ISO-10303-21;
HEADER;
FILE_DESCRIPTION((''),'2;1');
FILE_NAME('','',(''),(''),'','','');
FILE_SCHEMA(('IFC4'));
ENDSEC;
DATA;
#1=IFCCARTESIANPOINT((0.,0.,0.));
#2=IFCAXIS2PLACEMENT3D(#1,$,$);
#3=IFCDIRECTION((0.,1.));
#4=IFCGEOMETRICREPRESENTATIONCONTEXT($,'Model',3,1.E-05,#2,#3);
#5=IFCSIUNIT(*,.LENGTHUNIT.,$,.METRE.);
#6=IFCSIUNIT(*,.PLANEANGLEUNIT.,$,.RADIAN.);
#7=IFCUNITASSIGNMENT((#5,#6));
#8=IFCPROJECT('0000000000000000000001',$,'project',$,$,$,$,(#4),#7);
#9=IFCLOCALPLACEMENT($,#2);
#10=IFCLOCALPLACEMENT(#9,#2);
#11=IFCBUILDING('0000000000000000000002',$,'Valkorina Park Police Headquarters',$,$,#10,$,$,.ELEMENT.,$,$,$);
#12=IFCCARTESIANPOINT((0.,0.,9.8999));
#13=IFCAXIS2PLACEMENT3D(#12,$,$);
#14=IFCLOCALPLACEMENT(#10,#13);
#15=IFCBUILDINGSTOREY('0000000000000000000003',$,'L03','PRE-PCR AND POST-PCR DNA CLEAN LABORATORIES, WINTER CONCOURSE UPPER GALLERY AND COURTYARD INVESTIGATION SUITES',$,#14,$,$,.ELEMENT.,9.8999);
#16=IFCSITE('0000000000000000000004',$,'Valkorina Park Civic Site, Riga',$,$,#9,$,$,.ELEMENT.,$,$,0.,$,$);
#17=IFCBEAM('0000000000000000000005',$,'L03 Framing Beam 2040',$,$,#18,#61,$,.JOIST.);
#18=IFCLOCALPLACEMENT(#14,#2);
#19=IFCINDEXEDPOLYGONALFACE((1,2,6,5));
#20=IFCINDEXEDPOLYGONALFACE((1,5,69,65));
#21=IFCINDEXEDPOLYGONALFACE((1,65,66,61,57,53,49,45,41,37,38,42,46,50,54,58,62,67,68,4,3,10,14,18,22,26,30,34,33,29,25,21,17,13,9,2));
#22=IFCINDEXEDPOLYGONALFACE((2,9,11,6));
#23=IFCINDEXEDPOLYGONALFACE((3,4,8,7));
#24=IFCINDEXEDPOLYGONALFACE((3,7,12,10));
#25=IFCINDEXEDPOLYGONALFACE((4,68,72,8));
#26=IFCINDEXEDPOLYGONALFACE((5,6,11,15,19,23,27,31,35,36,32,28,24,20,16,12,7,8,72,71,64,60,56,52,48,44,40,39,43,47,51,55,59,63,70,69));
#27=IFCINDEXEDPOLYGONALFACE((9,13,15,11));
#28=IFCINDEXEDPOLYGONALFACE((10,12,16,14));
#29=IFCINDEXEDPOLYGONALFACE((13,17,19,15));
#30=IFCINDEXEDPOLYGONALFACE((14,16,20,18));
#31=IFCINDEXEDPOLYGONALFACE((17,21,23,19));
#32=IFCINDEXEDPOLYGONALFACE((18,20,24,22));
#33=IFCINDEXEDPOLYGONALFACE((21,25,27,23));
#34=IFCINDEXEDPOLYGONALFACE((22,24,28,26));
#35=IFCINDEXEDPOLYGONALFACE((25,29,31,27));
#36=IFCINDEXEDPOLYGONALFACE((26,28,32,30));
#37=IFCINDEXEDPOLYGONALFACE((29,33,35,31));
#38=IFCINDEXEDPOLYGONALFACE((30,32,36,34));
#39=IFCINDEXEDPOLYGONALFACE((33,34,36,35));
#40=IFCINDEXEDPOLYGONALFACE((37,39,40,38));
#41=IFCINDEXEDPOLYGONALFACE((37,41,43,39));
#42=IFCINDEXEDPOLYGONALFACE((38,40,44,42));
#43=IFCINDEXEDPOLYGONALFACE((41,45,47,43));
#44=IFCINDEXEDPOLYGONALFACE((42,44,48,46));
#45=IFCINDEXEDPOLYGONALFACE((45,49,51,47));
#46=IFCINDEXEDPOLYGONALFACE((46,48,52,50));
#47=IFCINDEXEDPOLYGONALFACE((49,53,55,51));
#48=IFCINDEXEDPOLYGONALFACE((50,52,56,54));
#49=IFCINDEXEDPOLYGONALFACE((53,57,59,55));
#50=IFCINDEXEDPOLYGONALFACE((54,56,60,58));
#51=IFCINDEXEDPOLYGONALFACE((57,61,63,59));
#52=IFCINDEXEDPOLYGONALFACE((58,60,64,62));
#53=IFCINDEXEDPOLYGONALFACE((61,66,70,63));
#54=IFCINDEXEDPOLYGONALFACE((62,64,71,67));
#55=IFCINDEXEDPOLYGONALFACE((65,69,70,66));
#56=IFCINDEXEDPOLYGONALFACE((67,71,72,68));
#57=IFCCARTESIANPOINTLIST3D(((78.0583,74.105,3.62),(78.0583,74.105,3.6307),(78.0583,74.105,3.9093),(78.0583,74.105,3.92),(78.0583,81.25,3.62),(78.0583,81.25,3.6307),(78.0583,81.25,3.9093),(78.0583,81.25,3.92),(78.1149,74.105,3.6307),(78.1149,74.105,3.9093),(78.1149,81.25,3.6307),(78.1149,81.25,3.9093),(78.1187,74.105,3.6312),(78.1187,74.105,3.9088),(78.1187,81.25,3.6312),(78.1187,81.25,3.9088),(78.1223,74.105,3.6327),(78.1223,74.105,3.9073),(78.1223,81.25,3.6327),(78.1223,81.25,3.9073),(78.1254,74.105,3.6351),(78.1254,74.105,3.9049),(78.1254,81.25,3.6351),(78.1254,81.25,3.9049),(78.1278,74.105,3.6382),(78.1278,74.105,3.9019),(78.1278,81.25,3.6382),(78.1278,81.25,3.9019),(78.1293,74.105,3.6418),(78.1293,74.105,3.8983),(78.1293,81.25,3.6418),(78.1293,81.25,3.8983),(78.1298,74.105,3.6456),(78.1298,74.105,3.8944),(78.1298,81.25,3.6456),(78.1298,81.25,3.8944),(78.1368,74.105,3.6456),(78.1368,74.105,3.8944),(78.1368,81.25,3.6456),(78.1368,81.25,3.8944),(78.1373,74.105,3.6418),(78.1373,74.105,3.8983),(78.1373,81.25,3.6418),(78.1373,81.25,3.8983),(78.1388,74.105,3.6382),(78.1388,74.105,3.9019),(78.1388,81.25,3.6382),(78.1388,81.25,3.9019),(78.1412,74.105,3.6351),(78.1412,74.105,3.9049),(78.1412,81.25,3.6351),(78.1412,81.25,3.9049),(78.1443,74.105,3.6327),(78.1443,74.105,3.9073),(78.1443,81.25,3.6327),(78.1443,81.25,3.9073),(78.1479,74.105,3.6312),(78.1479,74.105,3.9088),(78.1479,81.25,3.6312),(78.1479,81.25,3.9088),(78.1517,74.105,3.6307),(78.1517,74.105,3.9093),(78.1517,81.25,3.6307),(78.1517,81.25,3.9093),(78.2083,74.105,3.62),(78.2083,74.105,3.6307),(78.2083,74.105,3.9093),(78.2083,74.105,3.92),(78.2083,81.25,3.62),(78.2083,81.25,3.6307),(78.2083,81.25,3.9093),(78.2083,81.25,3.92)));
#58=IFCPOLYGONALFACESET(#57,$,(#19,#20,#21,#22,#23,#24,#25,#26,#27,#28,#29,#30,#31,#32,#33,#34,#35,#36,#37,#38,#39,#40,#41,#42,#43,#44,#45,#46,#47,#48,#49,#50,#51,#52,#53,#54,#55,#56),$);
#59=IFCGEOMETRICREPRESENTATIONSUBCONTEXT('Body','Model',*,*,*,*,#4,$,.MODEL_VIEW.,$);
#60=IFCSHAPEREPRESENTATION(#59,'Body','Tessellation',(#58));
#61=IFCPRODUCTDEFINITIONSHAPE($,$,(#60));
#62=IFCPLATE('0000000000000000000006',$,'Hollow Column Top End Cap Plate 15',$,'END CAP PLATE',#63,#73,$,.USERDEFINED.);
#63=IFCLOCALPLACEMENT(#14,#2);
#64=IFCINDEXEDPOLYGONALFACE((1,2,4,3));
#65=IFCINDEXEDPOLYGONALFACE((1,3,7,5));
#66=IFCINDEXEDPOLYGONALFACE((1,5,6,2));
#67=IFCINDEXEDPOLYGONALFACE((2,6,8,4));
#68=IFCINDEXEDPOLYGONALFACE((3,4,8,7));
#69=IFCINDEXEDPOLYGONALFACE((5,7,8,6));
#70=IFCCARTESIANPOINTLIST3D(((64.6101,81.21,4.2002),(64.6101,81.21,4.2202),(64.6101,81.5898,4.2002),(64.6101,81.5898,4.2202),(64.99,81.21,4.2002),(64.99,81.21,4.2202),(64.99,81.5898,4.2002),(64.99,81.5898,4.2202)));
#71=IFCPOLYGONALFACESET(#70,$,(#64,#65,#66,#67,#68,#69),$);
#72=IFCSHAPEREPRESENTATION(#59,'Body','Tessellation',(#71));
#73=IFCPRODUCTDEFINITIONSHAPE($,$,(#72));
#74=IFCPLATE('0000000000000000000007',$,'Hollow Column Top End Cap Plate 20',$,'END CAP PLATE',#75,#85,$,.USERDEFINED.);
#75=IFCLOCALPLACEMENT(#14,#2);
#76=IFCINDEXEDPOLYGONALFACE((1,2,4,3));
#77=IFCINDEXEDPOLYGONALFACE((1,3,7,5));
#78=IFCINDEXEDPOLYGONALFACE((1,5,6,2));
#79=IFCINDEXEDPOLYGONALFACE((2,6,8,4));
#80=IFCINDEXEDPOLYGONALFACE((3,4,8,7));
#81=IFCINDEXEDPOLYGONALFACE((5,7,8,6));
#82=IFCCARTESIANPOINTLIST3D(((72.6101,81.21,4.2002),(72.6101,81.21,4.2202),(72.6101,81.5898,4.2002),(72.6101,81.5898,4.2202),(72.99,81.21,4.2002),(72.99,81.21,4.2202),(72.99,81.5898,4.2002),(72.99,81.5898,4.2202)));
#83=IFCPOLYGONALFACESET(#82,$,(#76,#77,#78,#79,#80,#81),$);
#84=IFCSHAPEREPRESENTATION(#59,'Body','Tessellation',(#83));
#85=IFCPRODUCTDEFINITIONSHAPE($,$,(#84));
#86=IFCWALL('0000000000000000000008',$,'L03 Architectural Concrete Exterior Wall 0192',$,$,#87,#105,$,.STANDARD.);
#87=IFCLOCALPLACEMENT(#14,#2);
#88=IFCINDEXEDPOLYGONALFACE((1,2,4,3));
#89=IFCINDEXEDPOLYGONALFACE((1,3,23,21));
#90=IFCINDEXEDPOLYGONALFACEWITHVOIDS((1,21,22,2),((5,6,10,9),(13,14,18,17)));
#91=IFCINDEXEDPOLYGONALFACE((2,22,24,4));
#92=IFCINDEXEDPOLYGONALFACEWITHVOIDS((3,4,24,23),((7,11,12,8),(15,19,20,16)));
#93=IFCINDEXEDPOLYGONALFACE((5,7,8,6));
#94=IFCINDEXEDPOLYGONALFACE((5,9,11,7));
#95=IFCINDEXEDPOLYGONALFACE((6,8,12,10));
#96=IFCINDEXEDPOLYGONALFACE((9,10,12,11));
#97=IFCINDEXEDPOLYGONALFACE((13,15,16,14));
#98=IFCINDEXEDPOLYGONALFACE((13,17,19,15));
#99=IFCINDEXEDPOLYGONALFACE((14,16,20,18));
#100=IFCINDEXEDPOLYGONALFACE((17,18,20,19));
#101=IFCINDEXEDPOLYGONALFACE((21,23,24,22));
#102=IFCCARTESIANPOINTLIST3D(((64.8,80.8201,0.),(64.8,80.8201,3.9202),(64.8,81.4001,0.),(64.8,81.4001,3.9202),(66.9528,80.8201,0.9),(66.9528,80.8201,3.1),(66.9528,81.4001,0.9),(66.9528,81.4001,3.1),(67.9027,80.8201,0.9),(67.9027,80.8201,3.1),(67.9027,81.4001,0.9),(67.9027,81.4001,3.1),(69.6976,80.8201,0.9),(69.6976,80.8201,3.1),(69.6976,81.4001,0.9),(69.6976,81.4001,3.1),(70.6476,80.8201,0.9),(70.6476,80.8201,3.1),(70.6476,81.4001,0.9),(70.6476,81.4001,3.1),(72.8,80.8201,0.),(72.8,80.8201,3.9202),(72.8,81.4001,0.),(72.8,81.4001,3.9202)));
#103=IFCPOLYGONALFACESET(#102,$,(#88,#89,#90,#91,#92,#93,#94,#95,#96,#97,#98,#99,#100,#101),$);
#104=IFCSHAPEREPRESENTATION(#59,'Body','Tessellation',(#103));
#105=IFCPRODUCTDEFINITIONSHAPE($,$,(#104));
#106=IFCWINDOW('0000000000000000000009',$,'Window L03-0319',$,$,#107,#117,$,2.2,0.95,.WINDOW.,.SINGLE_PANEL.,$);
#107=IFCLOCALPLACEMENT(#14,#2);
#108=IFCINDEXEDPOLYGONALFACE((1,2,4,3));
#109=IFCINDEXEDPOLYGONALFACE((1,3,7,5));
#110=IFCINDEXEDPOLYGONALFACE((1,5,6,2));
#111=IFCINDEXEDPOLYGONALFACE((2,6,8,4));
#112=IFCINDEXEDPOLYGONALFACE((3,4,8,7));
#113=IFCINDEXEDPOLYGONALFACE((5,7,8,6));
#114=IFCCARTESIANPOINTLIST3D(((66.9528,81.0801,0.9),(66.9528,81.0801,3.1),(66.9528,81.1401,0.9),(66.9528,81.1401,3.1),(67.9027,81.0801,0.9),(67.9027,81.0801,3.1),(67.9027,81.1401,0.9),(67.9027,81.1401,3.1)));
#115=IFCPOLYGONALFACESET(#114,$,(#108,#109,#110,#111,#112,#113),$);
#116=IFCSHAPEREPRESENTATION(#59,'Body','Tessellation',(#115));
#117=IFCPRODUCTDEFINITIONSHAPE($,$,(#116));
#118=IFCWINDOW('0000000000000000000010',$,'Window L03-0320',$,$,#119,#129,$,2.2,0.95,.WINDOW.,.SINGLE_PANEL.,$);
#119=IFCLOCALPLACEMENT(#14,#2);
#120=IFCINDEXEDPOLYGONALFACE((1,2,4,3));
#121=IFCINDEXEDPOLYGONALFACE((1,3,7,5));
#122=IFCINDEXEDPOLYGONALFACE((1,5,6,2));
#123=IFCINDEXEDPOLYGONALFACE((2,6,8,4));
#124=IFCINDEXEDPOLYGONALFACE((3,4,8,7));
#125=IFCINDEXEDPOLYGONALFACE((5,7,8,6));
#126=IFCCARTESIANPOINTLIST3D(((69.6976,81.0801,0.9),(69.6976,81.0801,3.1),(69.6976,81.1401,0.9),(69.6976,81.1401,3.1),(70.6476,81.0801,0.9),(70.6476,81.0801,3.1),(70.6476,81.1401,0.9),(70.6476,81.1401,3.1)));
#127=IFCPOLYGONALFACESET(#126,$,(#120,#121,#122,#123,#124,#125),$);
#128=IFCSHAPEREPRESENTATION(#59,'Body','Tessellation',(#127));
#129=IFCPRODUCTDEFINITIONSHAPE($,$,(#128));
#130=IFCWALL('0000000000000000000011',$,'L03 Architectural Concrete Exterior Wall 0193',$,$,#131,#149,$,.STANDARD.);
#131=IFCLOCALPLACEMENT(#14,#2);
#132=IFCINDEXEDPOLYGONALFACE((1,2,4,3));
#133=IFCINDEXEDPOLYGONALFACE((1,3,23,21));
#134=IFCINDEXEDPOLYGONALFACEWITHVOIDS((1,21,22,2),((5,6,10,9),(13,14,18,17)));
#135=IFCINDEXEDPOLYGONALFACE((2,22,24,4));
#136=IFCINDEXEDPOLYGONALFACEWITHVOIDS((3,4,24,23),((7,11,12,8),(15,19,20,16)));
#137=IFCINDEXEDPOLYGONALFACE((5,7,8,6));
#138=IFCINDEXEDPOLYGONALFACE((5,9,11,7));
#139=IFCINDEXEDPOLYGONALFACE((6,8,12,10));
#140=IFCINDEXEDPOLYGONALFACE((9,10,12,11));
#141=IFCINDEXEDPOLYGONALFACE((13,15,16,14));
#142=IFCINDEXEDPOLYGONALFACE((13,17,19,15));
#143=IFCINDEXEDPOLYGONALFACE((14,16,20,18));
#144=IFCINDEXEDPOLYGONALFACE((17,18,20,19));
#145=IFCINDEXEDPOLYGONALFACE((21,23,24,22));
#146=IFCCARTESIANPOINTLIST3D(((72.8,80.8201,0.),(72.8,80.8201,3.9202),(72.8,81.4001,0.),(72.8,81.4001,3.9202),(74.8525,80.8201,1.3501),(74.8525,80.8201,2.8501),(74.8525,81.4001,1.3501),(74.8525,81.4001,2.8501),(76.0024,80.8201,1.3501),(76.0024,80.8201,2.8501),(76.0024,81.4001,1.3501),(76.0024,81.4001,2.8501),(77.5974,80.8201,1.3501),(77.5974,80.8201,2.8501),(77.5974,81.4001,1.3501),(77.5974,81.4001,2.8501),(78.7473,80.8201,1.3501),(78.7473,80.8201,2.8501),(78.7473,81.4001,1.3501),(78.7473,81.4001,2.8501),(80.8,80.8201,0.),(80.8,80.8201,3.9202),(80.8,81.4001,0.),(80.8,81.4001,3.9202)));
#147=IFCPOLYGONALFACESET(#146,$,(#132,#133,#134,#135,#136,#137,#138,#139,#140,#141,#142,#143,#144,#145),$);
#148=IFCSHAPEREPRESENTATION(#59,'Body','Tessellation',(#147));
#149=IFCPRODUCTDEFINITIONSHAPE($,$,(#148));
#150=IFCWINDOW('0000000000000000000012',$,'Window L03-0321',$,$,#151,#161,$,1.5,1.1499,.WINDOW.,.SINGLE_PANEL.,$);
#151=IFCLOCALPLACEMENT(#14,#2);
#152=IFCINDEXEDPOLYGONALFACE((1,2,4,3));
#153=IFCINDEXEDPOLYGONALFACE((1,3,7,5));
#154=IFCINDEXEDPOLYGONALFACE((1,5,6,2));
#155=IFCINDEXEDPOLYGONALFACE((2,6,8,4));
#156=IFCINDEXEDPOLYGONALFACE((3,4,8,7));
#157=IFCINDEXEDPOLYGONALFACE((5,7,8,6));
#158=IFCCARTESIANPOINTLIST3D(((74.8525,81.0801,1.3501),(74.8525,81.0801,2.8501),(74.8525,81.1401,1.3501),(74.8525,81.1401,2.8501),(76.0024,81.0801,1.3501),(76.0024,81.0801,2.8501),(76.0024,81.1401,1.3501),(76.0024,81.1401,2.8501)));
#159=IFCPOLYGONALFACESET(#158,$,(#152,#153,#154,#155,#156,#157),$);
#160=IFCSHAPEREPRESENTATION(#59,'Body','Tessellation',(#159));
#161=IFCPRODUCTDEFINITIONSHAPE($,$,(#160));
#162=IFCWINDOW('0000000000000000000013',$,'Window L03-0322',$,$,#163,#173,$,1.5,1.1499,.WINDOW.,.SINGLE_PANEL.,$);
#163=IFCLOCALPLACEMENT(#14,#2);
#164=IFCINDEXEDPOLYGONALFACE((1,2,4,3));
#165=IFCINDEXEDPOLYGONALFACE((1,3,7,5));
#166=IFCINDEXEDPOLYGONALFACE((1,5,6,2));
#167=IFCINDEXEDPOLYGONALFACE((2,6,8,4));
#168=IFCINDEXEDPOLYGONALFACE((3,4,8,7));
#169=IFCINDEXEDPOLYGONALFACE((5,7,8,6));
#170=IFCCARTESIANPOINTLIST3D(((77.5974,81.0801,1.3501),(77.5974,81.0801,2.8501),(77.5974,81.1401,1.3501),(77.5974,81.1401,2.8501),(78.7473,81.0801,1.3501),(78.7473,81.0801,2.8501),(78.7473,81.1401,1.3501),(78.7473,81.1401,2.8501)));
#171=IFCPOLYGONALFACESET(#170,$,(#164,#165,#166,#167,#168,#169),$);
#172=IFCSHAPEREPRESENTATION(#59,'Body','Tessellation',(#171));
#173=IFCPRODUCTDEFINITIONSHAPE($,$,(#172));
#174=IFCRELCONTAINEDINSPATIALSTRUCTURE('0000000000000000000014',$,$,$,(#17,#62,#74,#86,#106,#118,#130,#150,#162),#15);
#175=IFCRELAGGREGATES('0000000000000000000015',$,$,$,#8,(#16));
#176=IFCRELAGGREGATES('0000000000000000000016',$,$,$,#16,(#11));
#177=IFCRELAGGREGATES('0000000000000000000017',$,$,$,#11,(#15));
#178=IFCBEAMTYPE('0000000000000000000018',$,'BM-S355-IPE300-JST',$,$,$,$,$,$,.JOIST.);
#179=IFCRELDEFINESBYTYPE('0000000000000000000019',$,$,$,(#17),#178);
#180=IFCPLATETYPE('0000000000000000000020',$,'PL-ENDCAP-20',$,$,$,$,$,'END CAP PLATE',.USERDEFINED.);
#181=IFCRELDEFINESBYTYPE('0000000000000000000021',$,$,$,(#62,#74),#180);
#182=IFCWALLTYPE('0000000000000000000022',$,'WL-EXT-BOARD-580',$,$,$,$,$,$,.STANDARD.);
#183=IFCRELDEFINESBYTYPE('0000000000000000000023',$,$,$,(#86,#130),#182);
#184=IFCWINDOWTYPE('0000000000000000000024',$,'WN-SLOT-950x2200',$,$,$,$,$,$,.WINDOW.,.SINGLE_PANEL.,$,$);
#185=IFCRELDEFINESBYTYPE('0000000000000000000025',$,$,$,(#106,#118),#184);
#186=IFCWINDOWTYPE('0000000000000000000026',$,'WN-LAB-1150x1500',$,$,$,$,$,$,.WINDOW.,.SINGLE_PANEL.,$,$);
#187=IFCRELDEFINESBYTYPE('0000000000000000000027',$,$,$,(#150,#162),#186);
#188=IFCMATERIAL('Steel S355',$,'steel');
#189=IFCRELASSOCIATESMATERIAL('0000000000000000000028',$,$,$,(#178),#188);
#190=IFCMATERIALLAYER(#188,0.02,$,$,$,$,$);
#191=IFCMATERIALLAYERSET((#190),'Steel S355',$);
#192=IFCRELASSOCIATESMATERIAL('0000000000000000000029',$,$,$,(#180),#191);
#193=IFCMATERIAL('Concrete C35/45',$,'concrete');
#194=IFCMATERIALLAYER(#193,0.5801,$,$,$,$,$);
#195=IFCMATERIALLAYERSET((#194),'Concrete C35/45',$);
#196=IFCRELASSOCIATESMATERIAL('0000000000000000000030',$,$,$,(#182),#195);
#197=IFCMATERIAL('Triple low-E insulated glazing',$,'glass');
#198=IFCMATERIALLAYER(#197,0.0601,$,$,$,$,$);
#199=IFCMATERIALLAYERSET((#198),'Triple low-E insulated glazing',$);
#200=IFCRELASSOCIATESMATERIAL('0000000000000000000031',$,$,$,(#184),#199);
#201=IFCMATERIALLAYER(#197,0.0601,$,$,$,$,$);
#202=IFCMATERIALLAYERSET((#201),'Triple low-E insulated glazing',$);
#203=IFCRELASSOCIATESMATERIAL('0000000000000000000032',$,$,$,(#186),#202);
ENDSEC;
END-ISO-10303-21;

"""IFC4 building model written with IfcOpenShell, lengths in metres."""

from ifc_helpers import new_model, si_unit, direction, frame, frame_2d, origin, origin_2d, place, context, subcontext, project, spatial, rectangle, i_section, extrude, material, layer, layer_set, material_profile, profile_set, type_object, element, fill, save


model = new_model("IFC4")

# Units and contexts
model_context = context("Model", 3, precision=1e-05, world=origin(), true_north=direction((0.0, 1.0)))
body_context = subcontext(model_context, "Body", "Model", "MODEL_VIEW")
ifc_project = project(units=[si_unit("LENGTHUNIT", "METRE"), si_unit("PLANEANGLEUNIT", "RADIAN")], contexts=[model_context])

# Site, building, storey
site_placement = place(None, origin())
site = spatial("IfcSite", under=ifc_project, at=site_placement, Name="Valkorina Park Civic Site, Riga", CompositionType="ELEMENT", RefElevation=0.0)
building_placement = place(site_placement, origin())
building = spatial("IfcBuilding", under=site, at=building_placement, Name="Valkorina Park Police Headquarters", CompositionType="ELEMENT")
storey_placement = place(building_placement, frame((0.0, 0.0, 9.8999)))
storey = spatial("IfcBuildingStorey", under=building, at=storey_placement, Name="L03", Description="PRE-PCR AND POST-PCR DNA CLEAN LABORATORIES, WINTER CONCOURSE UPPER GALLERY AND COURTYARD INVESTIGATION SUITES", CompositionType="ELEMENT", Elevation=9.8999)

# Shared definitions
ifc_material_1 = material(Name="Steel S355", Category="steel")

# Beam
ifc_material_profile_1 = material_profile(ifc_material_1, i_section(OverallWidth=0.1499, OverallDepth=0.3, WebThickness=0.0071, FlangeThickness=0.0107, FilletRadius=0.0149, at=origin_2d()), Name="IPE 300")
ifc_profile_set_1 = profile_set([ifc_material_profile_1], Name="Steel S355")
beam_type_1 = type_object("IfcBeamType", Name="BM-S355-IPE300-JST", PredefinedType="JOIST", material=ifc_profile_set_1)
for number, where, z_axis, x_axis, name in (
    (1, (78.1333, 74.105, 3.77), (0.0, 1.0, 0.0), (-1.0, 0.0, 0.0), "L03 Framing Beam 2040"),
):
    element("IfcBeam", number, at=place(storey_placement, frame(where, z_axis=z_axis, x_axis=x_axis)), inside=storey, type_object=beam_type_1, Name=name, PredefinedType="JOIST", context=body_context, shape_type="SweptSolid", body=[
        extrude(i_section(OverallWidth=0.1499, OverallDepth=0.3, WebThickness=0.0071, FlangeThickness=0.0107, FilletRadius=0.0149, at=origin_2d()), origin(), (0.0, 0.0, 1.0), 7.145),
    ])

# Plates
ifc_layer_1 = layer(ifc_material_1, 0.02)
ifc_layer_set_1 = layer_set([ifc_layer_1], Name="Steel S355")
plate_type = type_object("IfcPlateType", Name="PL-ENDCAP-20", ElementType="END CAP PLATE", PredefinedType="USERDEFINED", material=ifc_layer_set_1)
for number, where, z_axis, x_axis, name in (
    (2, (64.8, 81.3999, 4.2002), (0.0, 0.0, 1.0), (1.0, 0.0, 0.0), "Hollow Column Top End Cap Plate 15"),
    (3, (72.8, 81.3999, 4.2002), (0.0, 0.0, 1.0), (1.0, 0.0, 0.0), "Hollow Column Top End Cap Plate 20"),
):
    element("IfcPlate", number, at=place(storey_placement, frame(where, z_axis=z_axis, x_axis=x_axis)), inside=storey, type_object=plate_type, Name=name, ObjectType="END CAP PLATE", PredefinedType="USERDEFINED", context=body_context, shape_type="SweptSolid", body=[
        extrude(rectangle(XDim=0.3799, YDim=0.3799, at=origin_2d()), origin(), (0.0, 0.0, 1.0), 0.02),
    ])

# Walls, openings, windows
ifc_material_2 = material(Name="Concrete C35/45", Category="concrete")
ifc_layer_2 = layer(ifc_material_2, 0.5801)
ifc_layer_set_2 = layer_set([ifc_layer_2], Name="Concrete C35/45")
wall_type = type_object("IfcWallType", Name="WL-EXT-BOARD-580", PredefinedType="STANDARD", material=ifc_layer_set_2)
wall_1_placement = place(storey_placement, frame((64.8, 81.1101, 0.0), z_axis=(0.0, 0.0, 1.0), x_axis=(1.0, 0.0, 0.0)))
wall_1 = element("IfcWall", 4, at=wall_1_placement, inside=storey, type_object=wall_type, Name="L03 Architectural Concrete Exterior Wall 0192", PredefinedType="STANDARD", context=body_context, shape_type="SweptSolid", body=[
    extrude(rectangle(XDim=8.0, YDim=0.5801, at=frame_2d((4.0, 0.0))), origin(), (0.0, 0.0, 1.0), 3.9202),
])
opening_1_placement = place(wall_1_placement, frame((2.1526, 0.0, 0.8999)))
opening_1 = element("IfcOpeningElement", 5, at=opening_1_placement, cuts=wall_1, PredefinedType="OPENING", context=body_context, shape_type="SweptSolid", body=[
    extrude(rectangle(XDim=0.95, YDim=2.2, at=frame_2d((0.4751, 1.1001))), frame((0.0, 0.3, 0.0), z_axis=(0.0, -1.0, 0.0), x_axis=(1.0, 0.0, 0.0)), (0.0, 0.0, 1.0), 0.6001),
])
opening_2_placement = place(wall_1_placement, frame((4.8975, 0.0, 0.8999)))
opening_2 = element("IfcOpeningElement", 6, at=opening_2_placement, cuts=wall_1, PredefinedType="OPENING", context=body_context, shape_type="SweptSolid", body=[
    extrude(rectangle(XDim=0.95, YDim=2.2, at=frame_2d((0.4751, 1.1001))), frame((0.0, 0.3, 0.0), z_axis=(0.0, -1.0, 0.0), x_axis=(1.0, 0.0, 0.0)), (0.0, 0.0, 1.0), 0.6001),
])
ifc_material_3 = material(Name="Triple low-E insulated glazing", Category="glass")
ifc_layer_3 = layer(ifc_material_3, 0.0601)
ifc_layer_set_3 = layer_set([ifc_layer_3], Name="Triple low-E insulated glazing")
window_type_1 = type_object("IfcWindowType", Name="WN-SLOT-950x2200", PartitioningType="SINGLE_PANEL", PredefinedType="WINDOW", material=ifc_layer_set_3)
window_1_placement = place(opening_1_placement, origin())
window_1 = element("IfcWindow", 7, at=window_1_placement, inside=storey, type_object=window_type_1, Name="Window L03-0319", OverallHeight=2.2, OverallWidth=0.95, PartitioningType="SINGLE_PANEL", PredefinedType="WINDOW", context=body_context, shape_type="SweptSolid", body=[
    extrude(rectangle(XDim=0.95, YDim=2.2, at=frame_2d((0.4751, 1.1001))), frame((0.0, 0.03, 0.0), z_axis=(0.0, -1.0, 0.0), x_axis=(1.0, 0.0, 0.0)), (0.0, 0.0, 1.0), 0.0601),
])
fill(opening_1, window_1)
window_2_placement = place(opening_2_placement, origin())
window_2 = element("IfcWindow", 8, at=window_2_placement, inside=storey, type_object=window_type_1, Name="Window L03-0320", OverallHeight=2.2, OverallWidth=0.95, PartitioningType="SINGLE_PANEL", PredefinedType="WINDOW", context=body_context, shape_type="SweptSolid", body=[
    extrude(rectangle(XDim=0.95, YDim=2.2, at=frame_2d((0.4751, 1.1001))), frame((0.0, 0.03, 0.0), z_axis=(0.0, -1.0, 0.0), x_axis=(1.0, 0.0, 0.0)), (0.0, 0.0, 1.0), 0.0601),
])
fill(opening_2, window_2)
wall_2_placement = place(storey_placement, frame((72.8, 81.1101, 0.0), z_axis=(0.0, 0.0, 1.0), x_axis=(1.0, 0.0, 0.0)))
wall_2 = element("IfcWall", 9, at=wall_2_placement, inside=storey, type_object=wall_type, Name="L03 Architectural Concrete Exterior Wall 0193", PredefinedType="STANDARD", context=body_context, shape_type="SweptSolid", body=[
    extrude(rectangle(XDim=8.0, YDim=0.5801, at=frame_2d((4.0, 0.0))), origin(), (0.0, 0.0, 1.0), 3.9202),
])
opening_3_placement = place(wall_2_placement, frame((2.0525, 0.0, 1.3501)))
opening_3 = element("IfcOpeningElement", 10, at=opening_3_placement, cuts=wall_2, PredefinedType="OPENING", context=body_context, shape_type="SweptSolid", body=[
    extrude(rectangle(XDim=1.1499, YDim=1.5, at=frame_2d((0.575, 0.75))), frame((0.0, 0.3, 0.0), z_axis=(0.0, -1.0, 0.0), x_axis=(1.0, 0.0, 0.0)), (0.0, 0.0, 1.0), 0.6001),
])
opening_4_placement = place(wall_2_placement, frame((4.7974, 0.0, 1.3501)))
opening_4 = element("IfcOpeningElement", 11, at=opening_4_placement, cuts=wall_2, PredefinedType="OPENING", context=body_context, shape_type="SweptSolid", body=[
    extrude(rectangle(XDim=1.1499, YDim=1.5, at=frame_2d((0.575, 0.75))), frame((0.0, 0.3, 0.0), z_axis=(0.0, -1.0, 0.0), x_axis=(1.0, 0.0, 0.0)), (0.0, 0.0, 1.0), 0.6001),
])
ifc_layer_4 = layer(ifc_material_3, 0.0601)
ifc_layer_set_4 = layer_set([ifc_layer_4], Name="Triple low-E insulated glazing")
window_type_2 = type_object("IfcWindowType", Name="WN-LAB-1150x1500", PartitioningType="SINGLE_PANEL", PredefinedType="WINDOW", material=ifc_layer_set_4)
window_3_placement = place(opening_3_placement, origin())
window_3 = element("IfcWindow", 12, at=window_3_placement, inside=storey, type_object=window_type_2, Name="Window L03-0321", OverallHeight=1.5, OverallWidth=1.1499, PartitioningType="SINGLE_PANEL", PredefinedType="WINDOW", context=body_context, shape_type="SweptSolid", body=[
    extrude(rectangle(XDim=1.1499, YDim=1.5, at=frame_2d((0.575, 0.75))), frame((0.0, 0.03, 0.0), z_axis=(0.0, -1.0, 0.0), x_axis=(1.0, 0.0, 0.0)), (0.0, 0.0, 1.0), 0.0601),
])
fill(opening_3, window_3)
window_4_placement = place(opening_4_placement, origin())
window_4 = element("IfcWindow", 13, at=window_4_placement, inside=storey, type_object=window_type_2, Name="Window L03-0322", OverallHeight=1.5, OverallWidth=1.1499, PartitioningType="SINGLE_PANEL", PredefinedType="WINDOW", context=body_context, shape_type="SweptSolid", body=[
    extrude(rectangle(XDim=1.1499, YDim=1.5, at=frame_2d((0.575, 0.75))), frame((0.0, 0.03, 0.0), z_axis=(0.0, -1.0, 0.0), x_axis=(1.0, 0.0, 0.0)), (0.0, 0.0, 1.0), 0.0601),
])
fill(opening_4, window_4)

save(model, "model.ifc")
